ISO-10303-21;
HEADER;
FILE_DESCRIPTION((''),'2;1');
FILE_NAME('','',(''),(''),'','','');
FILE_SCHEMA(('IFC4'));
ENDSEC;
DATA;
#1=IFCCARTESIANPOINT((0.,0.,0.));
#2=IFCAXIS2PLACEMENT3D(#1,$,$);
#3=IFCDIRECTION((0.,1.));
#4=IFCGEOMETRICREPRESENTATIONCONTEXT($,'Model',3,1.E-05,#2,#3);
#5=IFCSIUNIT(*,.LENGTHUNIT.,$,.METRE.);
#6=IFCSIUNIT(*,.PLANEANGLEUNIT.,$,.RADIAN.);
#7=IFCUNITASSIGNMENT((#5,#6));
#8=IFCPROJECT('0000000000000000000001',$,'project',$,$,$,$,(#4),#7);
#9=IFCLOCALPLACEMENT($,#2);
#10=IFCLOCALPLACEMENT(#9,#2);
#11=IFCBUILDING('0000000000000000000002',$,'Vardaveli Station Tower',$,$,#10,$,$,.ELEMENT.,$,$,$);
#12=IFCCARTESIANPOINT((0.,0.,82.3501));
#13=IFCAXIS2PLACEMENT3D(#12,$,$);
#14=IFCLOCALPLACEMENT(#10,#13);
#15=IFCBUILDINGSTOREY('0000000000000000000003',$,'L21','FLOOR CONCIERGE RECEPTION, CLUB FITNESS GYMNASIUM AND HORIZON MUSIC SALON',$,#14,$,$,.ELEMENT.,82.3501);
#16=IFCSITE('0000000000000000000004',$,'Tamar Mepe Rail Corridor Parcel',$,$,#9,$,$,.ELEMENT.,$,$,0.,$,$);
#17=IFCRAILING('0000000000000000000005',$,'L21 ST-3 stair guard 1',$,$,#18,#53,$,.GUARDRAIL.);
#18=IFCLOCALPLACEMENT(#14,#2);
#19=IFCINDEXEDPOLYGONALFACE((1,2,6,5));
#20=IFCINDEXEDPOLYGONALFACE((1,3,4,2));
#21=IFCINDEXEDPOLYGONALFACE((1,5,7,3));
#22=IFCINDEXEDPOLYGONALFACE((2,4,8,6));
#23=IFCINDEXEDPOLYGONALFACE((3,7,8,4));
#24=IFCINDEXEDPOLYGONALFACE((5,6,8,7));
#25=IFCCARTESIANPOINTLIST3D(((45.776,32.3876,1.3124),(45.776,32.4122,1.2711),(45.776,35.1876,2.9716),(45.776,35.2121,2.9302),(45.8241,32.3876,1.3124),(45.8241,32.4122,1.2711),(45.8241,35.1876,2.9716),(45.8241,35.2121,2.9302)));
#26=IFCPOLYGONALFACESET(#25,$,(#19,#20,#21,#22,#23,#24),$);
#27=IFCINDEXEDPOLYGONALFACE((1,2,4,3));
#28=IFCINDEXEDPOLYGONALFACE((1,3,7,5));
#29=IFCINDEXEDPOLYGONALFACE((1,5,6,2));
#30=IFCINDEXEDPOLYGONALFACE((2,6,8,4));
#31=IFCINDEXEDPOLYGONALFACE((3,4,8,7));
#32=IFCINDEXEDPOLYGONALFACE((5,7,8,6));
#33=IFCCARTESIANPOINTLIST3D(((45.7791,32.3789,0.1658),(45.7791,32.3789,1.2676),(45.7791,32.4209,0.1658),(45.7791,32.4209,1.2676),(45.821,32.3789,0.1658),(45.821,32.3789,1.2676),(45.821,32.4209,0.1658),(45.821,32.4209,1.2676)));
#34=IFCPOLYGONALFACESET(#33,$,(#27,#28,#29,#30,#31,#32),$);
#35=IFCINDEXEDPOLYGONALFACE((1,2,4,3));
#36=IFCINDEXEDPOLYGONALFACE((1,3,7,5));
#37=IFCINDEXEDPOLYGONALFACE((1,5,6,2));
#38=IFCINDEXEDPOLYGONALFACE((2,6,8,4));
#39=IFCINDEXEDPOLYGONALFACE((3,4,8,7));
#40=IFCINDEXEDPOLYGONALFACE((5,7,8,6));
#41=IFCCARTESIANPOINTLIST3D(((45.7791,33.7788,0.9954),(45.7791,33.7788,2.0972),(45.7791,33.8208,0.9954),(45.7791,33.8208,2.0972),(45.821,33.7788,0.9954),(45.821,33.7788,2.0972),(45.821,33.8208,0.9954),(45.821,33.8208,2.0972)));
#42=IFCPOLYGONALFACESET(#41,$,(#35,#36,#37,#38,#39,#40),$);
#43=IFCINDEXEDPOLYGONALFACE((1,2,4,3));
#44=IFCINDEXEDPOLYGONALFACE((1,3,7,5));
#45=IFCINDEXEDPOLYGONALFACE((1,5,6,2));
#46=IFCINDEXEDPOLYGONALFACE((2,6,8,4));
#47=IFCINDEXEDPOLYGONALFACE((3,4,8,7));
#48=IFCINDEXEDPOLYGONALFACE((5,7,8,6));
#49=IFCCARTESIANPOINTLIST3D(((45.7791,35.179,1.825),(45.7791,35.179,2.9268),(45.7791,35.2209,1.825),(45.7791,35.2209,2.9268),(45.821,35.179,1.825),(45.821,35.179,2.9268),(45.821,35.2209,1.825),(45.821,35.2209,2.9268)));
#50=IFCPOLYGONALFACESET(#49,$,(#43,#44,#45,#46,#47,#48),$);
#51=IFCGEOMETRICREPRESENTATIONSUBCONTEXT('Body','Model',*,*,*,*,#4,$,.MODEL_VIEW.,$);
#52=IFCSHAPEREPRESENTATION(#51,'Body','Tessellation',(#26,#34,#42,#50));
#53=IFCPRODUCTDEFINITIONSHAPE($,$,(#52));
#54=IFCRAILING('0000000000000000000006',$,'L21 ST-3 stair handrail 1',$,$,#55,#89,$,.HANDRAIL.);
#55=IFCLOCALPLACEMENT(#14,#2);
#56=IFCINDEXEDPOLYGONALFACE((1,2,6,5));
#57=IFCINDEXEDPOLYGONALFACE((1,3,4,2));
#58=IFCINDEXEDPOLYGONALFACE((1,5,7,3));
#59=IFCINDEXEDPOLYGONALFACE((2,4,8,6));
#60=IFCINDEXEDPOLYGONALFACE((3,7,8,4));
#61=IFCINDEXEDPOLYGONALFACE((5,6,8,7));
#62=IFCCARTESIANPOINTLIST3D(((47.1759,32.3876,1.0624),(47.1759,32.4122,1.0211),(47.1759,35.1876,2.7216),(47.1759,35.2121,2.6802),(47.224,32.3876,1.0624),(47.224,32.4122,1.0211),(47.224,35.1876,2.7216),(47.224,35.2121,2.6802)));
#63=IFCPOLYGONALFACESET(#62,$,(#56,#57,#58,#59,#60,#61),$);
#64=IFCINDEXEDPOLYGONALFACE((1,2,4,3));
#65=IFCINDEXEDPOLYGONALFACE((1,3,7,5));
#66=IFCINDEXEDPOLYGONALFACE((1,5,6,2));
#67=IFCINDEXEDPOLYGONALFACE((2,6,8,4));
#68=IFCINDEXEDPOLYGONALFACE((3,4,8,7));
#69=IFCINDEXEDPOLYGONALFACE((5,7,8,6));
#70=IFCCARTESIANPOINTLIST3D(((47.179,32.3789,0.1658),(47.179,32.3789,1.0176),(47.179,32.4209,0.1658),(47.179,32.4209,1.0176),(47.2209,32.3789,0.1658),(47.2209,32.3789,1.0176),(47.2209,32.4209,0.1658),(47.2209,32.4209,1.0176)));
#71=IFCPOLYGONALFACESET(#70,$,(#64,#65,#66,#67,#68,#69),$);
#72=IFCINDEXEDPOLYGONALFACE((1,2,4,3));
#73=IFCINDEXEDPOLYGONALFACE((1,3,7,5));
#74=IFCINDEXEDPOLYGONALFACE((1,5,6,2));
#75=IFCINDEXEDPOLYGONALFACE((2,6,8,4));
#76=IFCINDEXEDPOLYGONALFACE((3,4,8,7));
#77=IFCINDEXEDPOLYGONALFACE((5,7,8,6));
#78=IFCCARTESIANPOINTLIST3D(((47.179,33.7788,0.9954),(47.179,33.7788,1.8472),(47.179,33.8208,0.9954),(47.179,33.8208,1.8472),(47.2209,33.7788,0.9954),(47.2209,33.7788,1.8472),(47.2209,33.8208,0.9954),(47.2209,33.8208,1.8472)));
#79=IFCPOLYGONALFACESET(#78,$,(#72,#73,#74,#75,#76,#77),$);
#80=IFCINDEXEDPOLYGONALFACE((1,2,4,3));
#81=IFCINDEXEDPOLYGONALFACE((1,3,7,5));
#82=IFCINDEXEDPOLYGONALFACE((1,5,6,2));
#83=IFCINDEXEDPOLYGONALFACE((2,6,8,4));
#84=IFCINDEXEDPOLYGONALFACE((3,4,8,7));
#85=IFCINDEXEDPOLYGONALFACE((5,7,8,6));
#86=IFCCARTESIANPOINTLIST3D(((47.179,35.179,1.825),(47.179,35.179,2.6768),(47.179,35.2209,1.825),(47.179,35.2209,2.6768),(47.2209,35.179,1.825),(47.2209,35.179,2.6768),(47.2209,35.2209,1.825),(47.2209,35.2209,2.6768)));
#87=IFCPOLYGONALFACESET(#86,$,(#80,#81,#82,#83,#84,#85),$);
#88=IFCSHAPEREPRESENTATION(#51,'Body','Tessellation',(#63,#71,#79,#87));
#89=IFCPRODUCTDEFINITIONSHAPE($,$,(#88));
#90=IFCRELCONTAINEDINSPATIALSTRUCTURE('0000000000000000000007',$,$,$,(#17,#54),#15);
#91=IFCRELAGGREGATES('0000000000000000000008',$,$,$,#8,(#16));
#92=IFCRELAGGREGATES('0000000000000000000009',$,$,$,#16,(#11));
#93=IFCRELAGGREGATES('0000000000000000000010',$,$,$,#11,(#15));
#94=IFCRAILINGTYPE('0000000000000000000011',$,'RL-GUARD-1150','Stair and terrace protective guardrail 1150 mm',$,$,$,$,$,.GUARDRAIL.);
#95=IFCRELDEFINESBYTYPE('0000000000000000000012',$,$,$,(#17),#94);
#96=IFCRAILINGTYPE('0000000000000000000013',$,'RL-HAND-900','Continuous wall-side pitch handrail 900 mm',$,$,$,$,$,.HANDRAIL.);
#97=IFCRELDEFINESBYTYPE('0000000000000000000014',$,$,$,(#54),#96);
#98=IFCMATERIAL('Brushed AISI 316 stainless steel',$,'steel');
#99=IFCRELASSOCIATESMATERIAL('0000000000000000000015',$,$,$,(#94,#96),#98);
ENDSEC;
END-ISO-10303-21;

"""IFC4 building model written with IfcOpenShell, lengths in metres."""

from ifc_helpers import new_model, si_unit, direction, frame, origin, origin_2d, place, context, subcontext, project, spatial, rectangle, extrude, source, transform, mapped, material, type_object, element, save


model = new_model("IFC4")

# Units and contexts
model_context = context("Model", 3, precision=1e-05, world=origin(), true_north=direction((0.0, 1.0)))
body_context = subcontext(model_context, "Body", "Model", "MODEL_VIEW")
ifc_project = project(units=[si_unit("LENGTHUNIT", "METRE"), si_unit("PLANEANGLEUNIT", "RADIAN")], contexts=[model_context])

# Site, building, storey
site_placement = place(None, origin())
site = spatial("IfcSite", under=ifc_project, at=site_placement, Name="Tamar Mepe Rail Corridor Parcel", CompositionType="ELEMENT", RefElevation=0.0)
building_placement = place(site_placement, origin())
building = spatial("IfcBuilding", under=site, at=building_placement, Name="Vardaveli Station Tower", CompositionType="ELEMENT")
storey_placement = place(building_placement, frame((0.0, 0.0, 82.3501)))
storey = spatial("IfcBuildingStorey", under=building, at=storey_placement, Name="L21", Description="FLOOR CONCIERGE RECEPTION, CLUB FITNESS GYMNASIUM AND HORIZON MUSIC SALON", CompositionType="ELEMENT", Elevation=82.3501)

# Railings
ifc_material_1 = material(Name="Brushed AISI 316 stainless steel", Category="steel")
railing_type_1 = type_object("IfcRailingType", Name="RL-GUARD-1150", Description="Stair and terrace protective guardrail 1150 mm", PredefinedType="GUARDRAIL", material=ifc_material_1)
shared_shape_1 = source(origin(), body_context, "Body", "SweptSolid", [
    extrude(rectangle(XDim=0.0481, YDim=0.0481, at=origin_2d()), frame((0.0, 0.0, 1.126), z_axis=(0.0, 0.860306, 0.509778), x_axis=(-1.0, 0.0, 0.0)), (0.0, 0.0, 1.0), 3.2546),
    extrude(rectangle(XDim=0.042, YDim=0.042, at=origin_2d()), origin(), (0.0, 0.0, 1.0), 1.1018),
    extrude(rectangle(XDim=0.042, YDim=0.042, at=origin_2d()), frame((0.0, 1.3999, 0.8296)), (0.0, 0.0, 1.0), 1.1018),
    extrude(rectangle(XDim=0.042, YDim=0.042, at=origin_2d()), frame((0.0, 2.8, 1.6592)), (0.0, 0.0, 1.0), 1.1018),
])
railing_1_placement = place(storey_placement, frame((45.8, 32.3999, 0.1658)))
element("IfcRailing", 1, at=railing_1_placement, inside=storey, type_object=railing_type_1, Name="L21 ST-3 stair guard 1", PredefinedType="GUARDRAIL", context=body_context, shape_type="MappedRepresentation", body=[
    mapped(shared_shape_1, transform((0.0, 0.0, 0.0), scale=1.0)),
])
railing_type_2 = type_object("IfcRailingType", Name="RL-HAND-900", Description="Continuous wall-side pitch handrail 900 mm", PredefinedType="HANDRAIL", material=ifc_material_1)
shared_shape_2 = source(origin(), body_context, "Body", "SweptSolid", [
    extrude(rectangle(XDim=0.0481, YDim=0.0481, at=origin_2d()), frame((0.0, 0.0, 0.876), z_axis=(0.0, 0.860306, 0.509778), x_axis=(-1.0, 0.0, 0.0)), (0.0, 0.0, 1.0), 3.2546),
    extrude(rectangle(XDim=0.042, YDim=0.042, at=origin_2d()), origin(), (0.0, 0.0, 1.0), 0.8518),
    extrude(rectangle(XDim=0.042, YDim=0.042, at=origin_2d()), frame((0.0, 1.3999, 0.8296)), (0.0, 0.0, 1.0), 0.8518),
    extrude(rectangle(XDim=0.042, YDim=0.042, at=origin_2d()), frame((0.0, 2.8, 1.6592)), (0.0, 0.0, 1.0), 0.8518),
])
railing_2_placement = place(storey_placement, frame((47.2, 32.3999, 0.1658)))
element("IfcRailing", 2, at=railing_2_placement, inside=storey, type_object=railing_type_2, Name="L21 ST-3 stair handrail 1", PredefinedType="HANDRAIL", context=body_context, shape_type="MappedRepresentation", body=[
    mapped(shared_shape_2, transform((0.0, 0.0, 0.0), scale=1.0)),
])

save(model, "model.ifc")
